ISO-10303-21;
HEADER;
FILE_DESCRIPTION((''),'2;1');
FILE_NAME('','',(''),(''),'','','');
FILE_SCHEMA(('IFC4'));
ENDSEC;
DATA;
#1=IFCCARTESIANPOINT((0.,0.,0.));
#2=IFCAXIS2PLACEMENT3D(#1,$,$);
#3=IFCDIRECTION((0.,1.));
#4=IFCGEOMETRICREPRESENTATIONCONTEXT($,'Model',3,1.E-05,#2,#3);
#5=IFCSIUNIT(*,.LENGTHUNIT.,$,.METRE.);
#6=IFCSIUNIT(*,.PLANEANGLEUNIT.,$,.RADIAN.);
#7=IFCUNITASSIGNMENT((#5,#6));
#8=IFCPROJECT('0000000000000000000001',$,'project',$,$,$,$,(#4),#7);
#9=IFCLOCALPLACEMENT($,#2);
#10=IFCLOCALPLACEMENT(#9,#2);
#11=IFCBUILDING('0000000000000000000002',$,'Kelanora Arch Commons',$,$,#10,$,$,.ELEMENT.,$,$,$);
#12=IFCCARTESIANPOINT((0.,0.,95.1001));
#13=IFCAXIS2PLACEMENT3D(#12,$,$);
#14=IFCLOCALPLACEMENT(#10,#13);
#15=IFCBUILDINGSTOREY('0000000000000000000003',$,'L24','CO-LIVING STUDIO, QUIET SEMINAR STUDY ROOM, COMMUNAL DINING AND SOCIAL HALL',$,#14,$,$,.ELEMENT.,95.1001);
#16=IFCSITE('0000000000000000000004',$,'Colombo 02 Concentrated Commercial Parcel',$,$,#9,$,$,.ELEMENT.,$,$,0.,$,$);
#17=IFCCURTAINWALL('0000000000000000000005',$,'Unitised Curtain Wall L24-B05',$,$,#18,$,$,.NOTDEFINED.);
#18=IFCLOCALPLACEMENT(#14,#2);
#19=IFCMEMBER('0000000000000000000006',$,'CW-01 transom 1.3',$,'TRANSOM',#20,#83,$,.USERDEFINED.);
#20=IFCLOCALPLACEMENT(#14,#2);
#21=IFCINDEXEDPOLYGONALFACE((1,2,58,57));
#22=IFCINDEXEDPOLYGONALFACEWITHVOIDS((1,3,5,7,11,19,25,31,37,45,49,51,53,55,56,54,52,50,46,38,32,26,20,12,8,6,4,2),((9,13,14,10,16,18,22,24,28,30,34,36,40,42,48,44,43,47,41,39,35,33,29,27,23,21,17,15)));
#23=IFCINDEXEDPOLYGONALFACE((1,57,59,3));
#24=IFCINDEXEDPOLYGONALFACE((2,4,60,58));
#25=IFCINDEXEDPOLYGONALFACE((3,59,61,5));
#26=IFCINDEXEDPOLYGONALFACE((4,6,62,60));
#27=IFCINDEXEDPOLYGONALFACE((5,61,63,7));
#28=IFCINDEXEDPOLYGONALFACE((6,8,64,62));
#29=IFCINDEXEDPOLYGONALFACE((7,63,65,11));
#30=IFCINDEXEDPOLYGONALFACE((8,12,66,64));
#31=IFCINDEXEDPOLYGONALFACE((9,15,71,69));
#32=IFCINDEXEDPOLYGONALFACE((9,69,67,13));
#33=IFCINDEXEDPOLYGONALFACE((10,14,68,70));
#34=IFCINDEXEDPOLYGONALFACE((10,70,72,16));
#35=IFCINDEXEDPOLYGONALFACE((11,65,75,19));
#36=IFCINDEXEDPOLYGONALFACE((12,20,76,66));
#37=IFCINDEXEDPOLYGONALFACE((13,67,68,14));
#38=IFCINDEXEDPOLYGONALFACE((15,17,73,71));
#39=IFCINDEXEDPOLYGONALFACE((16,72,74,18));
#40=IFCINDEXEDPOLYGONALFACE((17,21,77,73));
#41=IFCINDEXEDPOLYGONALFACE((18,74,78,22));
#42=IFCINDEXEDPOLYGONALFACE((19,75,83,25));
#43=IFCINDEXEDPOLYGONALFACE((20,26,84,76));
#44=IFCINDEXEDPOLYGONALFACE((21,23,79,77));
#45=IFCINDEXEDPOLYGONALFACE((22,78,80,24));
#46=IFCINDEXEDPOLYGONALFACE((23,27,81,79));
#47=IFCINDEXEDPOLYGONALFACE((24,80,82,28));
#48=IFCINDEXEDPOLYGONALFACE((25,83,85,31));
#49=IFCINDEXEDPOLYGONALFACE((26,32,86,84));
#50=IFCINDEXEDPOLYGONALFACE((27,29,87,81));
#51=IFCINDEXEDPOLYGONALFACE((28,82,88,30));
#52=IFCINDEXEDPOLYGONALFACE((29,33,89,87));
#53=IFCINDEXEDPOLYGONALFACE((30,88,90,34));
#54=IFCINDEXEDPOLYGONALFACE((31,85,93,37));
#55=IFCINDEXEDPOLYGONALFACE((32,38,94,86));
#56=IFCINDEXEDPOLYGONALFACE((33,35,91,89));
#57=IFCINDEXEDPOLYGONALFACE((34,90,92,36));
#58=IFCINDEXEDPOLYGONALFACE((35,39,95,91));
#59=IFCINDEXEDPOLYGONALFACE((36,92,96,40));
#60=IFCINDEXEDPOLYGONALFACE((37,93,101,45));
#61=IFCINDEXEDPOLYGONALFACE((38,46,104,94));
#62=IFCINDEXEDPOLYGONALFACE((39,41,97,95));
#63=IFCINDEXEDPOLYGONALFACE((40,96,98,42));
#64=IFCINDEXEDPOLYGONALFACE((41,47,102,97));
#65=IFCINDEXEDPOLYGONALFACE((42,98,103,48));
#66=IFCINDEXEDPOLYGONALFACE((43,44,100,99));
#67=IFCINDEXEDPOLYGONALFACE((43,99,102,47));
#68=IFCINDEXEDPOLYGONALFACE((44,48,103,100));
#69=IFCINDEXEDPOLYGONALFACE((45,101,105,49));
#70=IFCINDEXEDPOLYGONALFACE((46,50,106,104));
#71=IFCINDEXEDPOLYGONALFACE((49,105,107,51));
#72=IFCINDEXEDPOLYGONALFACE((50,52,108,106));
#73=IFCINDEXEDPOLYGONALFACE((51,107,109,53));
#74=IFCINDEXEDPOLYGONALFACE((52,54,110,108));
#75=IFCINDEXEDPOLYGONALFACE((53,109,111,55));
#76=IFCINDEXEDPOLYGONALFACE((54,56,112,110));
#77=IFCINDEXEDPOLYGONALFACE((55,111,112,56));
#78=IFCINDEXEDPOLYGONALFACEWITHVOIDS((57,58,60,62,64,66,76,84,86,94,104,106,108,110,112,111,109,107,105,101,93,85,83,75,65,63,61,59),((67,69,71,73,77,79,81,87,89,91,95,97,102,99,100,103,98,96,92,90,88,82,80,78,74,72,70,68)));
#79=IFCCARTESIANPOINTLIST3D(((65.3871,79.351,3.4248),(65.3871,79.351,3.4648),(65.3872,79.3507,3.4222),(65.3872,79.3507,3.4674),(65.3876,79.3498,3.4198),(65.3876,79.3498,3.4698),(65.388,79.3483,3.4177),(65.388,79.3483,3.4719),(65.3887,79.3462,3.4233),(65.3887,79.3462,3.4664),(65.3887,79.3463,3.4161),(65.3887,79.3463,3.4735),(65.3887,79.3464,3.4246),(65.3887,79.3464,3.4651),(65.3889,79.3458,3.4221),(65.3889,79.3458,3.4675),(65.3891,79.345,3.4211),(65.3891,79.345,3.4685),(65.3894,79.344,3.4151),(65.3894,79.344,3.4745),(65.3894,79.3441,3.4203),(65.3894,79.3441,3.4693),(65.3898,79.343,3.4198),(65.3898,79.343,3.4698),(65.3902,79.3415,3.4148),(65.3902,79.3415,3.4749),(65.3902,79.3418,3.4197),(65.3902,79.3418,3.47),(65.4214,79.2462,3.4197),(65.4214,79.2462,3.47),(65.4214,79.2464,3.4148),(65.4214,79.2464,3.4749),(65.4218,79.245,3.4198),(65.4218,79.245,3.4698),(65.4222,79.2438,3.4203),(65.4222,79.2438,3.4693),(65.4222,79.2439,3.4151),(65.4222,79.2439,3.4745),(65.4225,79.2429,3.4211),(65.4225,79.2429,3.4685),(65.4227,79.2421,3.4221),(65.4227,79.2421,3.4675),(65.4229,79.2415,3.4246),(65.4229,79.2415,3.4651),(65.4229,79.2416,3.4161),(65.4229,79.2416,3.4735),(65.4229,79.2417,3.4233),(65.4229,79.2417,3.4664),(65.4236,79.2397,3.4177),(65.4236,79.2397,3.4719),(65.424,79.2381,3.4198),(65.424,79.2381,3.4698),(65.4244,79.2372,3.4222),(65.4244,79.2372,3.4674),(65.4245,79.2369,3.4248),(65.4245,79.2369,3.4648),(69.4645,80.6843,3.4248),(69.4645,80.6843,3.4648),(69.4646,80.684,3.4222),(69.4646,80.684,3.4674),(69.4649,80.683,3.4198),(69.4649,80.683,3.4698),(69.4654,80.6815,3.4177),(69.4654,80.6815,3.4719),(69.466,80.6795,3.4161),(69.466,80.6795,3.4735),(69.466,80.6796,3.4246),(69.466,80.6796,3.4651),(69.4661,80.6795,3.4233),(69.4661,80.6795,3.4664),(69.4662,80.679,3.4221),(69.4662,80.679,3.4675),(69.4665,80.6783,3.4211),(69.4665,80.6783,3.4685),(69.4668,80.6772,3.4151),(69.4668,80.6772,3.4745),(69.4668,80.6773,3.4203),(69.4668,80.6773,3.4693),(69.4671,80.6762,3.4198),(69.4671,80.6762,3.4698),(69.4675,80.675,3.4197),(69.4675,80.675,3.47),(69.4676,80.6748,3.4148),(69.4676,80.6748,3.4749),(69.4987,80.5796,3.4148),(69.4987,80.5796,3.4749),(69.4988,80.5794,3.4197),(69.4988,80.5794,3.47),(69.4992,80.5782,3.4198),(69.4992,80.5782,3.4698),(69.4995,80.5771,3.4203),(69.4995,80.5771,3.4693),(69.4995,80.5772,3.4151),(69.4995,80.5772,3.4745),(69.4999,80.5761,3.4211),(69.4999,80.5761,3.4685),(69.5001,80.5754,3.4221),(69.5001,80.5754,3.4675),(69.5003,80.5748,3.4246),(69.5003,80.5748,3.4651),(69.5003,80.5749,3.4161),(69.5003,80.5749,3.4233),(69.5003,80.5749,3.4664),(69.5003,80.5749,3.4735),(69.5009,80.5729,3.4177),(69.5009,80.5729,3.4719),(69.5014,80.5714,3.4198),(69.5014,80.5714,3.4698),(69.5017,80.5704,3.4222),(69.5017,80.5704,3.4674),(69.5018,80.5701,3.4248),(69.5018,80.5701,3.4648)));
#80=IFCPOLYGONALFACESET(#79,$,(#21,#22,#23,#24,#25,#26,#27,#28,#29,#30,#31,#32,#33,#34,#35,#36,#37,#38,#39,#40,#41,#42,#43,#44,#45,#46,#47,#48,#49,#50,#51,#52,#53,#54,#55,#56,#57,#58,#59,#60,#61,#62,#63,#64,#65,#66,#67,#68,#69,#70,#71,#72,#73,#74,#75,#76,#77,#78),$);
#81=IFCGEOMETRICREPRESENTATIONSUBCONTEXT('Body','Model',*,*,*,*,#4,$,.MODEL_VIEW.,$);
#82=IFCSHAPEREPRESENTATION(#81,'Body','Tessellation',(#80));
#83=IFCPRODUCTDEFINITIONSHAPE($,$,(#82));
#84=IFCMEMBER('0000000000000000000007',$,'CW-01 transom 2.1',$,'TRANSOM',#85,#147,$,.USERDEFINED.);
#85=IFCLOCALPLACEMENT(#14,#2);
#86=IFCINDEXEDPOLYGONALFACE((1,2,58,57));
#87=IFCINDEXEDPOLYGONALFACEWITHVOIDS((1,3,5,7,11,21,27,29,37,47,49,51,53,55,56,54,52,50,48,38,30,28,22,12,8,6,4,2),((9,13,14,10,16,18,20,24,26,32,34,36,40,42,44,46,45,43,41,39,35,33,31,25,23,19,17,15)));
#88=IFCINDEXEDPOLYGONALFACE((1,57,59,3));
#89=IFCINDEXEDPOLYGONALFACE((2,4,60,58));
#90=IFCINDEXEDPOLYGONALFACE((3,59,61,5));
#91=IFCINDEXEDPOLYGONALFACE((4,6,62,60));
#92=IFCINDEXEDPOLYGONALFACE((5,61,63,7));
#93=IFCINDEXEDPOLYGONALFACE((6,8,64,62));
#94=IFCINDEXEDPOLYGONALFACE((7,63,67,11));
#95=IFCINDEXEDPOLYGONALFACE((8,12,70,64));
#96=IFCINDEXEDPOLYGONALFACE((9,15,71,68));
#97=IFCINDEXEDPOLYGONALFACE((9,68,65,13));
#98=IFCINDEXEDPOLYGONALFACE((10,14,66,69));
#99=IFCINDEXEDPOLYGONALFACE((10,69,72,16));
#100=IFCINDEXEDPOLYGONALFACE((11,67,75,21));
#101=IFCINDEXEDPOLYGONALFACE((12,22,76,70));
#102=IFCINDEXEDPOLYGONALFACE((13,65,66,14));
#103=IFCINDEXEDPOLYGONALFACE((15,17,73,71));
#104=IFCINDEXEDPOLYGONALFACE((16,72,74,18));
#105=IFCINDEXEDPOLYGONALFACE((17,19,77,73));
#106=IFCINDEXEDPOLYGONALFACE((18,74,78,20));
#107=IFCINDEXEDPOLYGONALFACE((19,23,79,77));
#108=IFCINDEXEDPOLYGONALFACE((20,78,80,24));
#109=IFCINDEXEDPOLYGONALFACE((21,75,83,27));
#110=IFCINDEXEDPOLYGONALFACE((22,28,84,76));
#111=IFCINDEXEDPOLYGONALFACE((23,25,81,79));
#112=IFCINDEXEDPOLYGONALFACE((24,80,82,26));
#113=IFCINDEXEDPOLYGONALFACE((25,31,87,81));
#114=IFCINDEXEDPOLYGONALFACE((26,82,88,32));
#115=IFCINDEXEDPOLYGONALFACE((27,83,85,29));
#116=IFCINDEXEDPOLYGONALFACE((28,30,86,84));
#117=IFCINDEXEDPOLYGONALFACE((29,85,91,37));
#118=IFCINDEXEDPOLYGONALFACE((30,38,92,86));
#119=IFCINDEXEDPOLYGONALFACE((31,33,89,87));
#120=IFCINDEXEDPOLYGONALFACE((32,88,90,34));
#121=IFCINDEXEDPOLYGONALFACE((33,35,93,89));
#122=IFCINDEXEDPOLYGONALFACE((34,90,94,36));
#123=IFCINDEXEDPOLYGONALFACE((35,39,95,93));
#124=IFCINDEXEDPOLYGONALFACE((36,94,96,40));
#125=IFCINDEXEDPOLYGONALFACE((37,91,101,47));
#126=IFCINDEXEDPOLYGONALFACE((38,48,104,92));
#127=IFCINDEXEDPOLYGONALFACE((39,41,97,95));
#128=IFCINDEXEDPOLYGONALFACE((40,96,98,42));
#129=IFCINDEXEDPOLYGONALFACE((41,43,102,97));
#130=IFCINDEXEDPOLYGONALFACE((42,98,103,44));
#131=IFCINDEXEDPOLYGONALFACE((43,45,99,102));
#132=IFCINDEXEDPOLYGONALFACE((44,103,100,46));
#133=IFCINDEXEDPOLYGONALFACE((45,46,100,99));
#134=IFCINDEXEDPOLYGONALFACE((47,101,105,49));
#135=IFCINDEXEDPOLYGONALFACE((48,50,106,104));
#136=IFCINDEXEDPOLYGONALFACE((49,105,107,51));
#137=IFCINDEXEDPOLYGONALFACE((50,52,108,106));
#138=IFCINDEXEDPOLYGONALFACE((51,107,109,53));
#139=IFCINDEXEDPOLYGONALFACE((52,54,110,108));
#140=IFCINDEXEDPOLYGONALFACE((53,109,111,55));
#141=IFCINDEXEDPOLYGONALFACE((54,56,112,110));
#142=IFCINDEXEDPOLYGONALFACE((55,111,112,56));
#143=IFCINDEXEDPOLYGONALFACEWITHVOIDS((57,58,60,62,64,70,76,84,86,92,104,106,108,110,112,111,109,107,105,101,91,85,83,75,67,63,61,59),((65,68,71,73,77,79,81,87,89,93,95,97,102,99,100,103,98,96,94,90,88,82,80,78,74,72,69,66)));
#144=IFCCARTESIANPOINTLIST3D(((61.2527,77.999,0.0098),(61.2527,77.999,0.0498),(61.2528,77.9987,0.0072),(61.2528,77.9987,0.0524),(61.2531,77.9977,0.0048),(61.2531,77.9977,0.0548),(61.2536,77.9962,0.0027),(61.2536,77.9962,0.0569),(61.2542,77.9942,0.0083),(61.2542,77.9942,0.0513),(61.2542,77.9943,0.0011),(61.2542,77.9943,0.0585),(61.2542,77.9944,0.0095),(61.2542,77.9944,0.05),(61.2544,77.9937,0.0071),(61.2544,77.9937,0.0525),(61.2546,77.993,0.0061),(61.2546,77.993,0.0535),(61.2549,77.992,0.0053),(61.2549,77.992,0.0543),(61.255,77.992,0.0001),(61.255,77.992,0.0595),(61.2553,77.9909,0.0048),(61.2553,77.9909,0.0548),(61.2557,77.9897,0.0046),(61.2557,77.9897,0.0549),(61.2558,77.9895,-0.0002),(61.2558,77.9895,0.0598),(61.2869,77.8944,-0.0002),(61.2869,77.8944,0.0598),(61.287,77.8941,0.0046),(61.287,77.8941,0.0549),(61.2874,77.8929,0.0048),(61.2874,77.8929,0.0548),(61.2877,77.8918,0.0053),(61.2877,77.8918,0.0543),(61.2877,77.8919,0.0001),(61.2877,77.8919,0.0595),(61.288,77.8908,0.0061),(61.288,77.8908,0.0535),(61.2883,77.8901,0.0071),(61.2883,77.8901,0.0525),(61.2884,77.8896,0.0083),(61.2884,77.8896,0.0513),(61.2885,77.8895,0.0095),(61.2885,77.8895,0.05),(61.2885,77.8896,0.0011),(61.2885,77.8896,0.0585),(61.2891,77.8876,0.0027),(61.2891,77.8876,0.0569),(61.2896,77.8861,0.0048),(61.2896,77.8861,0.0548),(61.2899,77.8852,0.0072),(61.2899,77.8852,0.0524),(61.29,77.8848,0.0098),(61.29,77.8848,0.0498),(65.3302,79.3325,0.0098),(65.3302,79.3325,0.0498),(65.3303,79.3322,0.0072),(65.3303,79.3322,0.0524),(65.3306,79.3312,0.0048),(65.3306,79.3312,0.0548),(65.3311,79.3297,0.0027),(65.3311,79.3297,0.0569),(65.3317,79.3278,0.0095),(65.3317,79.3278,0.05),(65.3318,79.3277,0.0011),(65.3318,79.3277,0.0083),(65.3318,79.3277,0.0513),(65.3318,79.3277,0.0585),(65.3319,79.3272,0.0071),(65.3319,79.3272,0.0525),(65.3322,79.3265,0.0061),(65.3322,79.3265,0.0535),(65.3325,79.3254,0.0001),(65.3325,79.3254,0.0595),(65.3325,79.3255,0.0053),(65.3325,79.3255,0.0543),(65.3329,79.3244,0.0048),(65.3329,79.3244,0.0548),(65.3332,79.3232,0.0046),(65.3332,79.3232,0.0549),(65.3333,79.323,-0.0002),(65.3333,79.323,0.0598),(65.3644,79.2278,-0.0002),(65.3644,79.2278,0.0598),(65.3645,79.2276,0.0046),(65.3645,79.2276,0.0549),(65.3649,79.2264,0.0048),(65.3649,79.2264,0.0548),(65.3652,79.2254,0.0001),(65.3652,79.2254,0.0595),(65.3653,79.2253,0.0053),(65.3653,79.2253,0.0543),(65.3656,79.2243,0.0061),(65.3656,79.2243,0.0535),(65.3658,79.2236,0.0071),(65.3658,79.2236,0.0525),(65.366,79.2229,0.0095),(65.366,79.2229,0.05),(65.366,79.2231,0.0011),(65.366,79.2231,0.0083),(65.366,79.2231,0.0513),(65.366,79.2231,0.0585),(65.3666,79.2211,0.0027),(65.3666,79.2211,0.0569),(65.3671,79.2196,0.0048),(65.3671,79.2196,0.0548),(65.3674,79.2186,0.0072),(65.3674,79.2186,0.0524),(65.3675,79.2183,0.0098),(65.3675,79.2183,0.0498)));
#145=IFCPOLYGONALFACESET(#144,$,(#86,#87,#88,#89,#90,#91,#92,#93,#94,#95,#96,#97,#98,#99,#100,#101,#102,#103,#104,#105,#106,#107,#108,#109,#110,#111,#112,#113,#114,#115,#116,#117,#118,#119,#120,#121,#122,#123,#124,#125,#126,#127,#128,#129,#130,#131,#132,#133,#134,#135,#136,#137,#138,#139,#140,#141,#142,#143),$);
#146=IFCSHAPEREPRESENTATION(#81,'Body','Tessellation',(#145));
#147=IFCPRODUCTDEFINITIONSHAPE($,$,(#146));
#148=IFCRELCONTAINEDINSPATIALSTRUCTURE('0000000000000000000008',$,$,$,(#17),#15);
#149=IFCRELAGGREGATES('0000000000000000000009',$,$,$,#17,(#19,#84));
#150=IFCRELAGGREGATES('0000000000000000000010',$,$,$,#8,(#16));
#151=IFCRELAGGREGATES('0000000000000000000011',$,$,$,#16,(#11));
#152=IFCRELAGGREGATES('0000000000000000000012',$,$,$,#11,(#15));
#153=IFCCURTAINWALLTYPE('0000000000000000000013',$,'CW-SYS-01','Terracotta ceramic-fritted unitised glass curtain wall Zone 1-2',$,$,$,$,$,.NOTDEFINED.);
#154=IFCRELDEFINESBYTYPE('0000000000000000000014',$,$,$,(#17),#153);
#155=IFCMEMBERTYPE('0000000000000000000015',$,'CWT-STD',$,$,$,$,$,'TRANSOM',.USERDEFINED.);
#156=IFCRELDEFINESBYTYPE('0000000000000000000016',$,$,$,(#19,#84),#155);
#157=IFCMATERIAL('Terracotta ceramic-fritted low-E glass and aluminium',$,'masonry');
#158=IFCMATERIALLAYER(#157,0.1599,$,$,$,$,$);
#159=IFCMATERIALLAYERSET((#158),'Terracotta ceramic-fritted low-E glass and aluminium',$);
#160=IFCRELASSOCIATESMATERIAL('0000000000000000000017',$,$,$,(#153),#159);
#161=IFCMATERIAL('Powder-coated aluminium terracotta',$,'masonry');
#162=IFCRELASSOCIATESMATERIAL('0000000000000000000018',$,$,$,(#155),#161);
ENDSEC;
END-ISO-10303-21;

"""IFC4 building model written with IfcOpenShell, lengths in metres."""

from ifc_helpers import new_model, si_unit, direction, frame, origin, origin_2d, place, context, subcontext, project, spatial, hollow_rectangle, extrude, material, layer, layer_set, material_profile, profile_set, type_object, element, aggregate, save


model = new_model("IFC4")

# Units and contexts
model_context = context("Model", 3, precision=1e-05, world=origin(), true_north=direction((0.0, 1.0)))
body_context = subcontext(model_context, "Body", "Model", "MODEL_VIEW")
ifc_project = project(units=[si_unit("LENGTHUNIT", "METRE"), si_unit("PLANEANGLEUNIT", "RADIAN")], contexts=[model_context])

# Site, building, storey
site_placement = place(None, origin())
site = spatial("IfcSite", under=ifc_project, at=site_placement, Name="Colombo 02 Concentrated Commercial Parcel", CompositionType="ELEMENT", RefElevation=0.0)
building_placement = place(site_placement, origin())
building = spatial("IfcBuilding", under=site, at=building_placement, Name="Kelanora Arch Commons", CompositionType="ELEMENT")
storey_placement = place(building_placement, frame((0.0, 0.0, 95.1001)))
storey = spatial("IfcBuildingStorey", under=building, at=storey_placement, Name="L24", Description="CO-LIVING STUDIO, QUIET SEMINAR STUDY ROOM, COMMUNAL DINING AND SOCIAL HALL", CompositionType="ELEMENT", Elevation=95.1001)

# Curtain wall, members
ifc_material_1 = material(Name="Terracotta ceramic-fritted low-E glass and aluminium", Category="masonry")
ifc_layer_1 = layer(ifc_material_1, 0.1599)
ifc_layer_set_1 = layer_set([ifc_layer_1], Name="Terracotta ceramic-fritted low-E glass and aluminium")
curtain_wall_type = type_object("IfcCurtainWallType", Name="CW-SYS-01", Description="Terracotta ceramic-fritted unitised glass curtain wall Zone 1-2", PredefinedType="NOTDEFINED", material=ifc_layer_set_1)
curtain_wall_placement = place(storey_placement, origin())
curtain_wall = element("IfcCurtainWall", 1, at=curtain_wall_placement, inside=storey, type_object=curtain_wall_type, Name="Unitised Curtain Wall L24-B05", PredefinedType="NOTDEFINED")
ifc_material_2 = material(Name="Powder-coated aluminium terracotta", Category="masonry")
ifc_material_profile_1 = material_profile(ifc_material_2, hollow_rectangle(XDim=0.1201, YDim=0.0601, WallThickness=0.0049, InnerFilletRadius=0.0049, OuterFilletRadius=0.01, at=origin_2d()), Name="CWT120x60")
ifc_profile_set_1 = profile_set([ifc_material_profile_1], Name="Powder-coated aluminium terracotta")
member_type_1 = type_object("IfcMemberType", Name="CWT-STD", ElementType="TRANSOM", PredefinedType="USERDEFINED", material=ifc_profile_set_1)
member_1_placement = place(storey_placement, frame((69.4832, 80.6272, 3.4448), z_axis=(-0.950478, -0.310793, 0.0), x_axis=(0.310793, -0.950478, 0.0)))
member_1 = element("IfcMember", 2, at=member_1_placement, type_object=member_type_1, Name="CW-01 transom 1.3", ObjectType="TRANSOM", PredefinedType="USERDEFINED", context=body_context, shape_type="SweptSolid", body=[
    extrude(hollow_rectangle(XDim=0.1201, YDim=0.0601, WallThickness=0.0049, InnerFilletRadius=0.0049, OuterFilletRadius=0.01, at=origin_2d()), origin(), (0.0, 0.0, 1.0), 4.2898),
])
member_2_placement = place(storey_placement, frame((65.3489, 79.2754, 0.0298), z_axis=(-0.950466, -0.310828, 0.0), x_axis=(0.310828, -0.950466, 0.0)))
member_2 = element("IfcMember", 3, at=member_2_placement, type_object=member_type_1, Name="CW-01 transom 2.1", ObjectType="TRANSOM", PredefinedType="USERDEFINED", context=body_context, shape_type="SweptSolid", body=[
    extrude(hollow_rectangle(XDim=0.1201, YDim=0.0601, WallThickness=0.0049, InnerFilletRadius=0.0049, OuterFilletRadius=0.01, at=origin_2d()), origin(), (0.0, 0.0, 1.0), 4.29),
])
aggregate(curtain_wall, [member_1, member_2])

save(model, "model.ifc")
